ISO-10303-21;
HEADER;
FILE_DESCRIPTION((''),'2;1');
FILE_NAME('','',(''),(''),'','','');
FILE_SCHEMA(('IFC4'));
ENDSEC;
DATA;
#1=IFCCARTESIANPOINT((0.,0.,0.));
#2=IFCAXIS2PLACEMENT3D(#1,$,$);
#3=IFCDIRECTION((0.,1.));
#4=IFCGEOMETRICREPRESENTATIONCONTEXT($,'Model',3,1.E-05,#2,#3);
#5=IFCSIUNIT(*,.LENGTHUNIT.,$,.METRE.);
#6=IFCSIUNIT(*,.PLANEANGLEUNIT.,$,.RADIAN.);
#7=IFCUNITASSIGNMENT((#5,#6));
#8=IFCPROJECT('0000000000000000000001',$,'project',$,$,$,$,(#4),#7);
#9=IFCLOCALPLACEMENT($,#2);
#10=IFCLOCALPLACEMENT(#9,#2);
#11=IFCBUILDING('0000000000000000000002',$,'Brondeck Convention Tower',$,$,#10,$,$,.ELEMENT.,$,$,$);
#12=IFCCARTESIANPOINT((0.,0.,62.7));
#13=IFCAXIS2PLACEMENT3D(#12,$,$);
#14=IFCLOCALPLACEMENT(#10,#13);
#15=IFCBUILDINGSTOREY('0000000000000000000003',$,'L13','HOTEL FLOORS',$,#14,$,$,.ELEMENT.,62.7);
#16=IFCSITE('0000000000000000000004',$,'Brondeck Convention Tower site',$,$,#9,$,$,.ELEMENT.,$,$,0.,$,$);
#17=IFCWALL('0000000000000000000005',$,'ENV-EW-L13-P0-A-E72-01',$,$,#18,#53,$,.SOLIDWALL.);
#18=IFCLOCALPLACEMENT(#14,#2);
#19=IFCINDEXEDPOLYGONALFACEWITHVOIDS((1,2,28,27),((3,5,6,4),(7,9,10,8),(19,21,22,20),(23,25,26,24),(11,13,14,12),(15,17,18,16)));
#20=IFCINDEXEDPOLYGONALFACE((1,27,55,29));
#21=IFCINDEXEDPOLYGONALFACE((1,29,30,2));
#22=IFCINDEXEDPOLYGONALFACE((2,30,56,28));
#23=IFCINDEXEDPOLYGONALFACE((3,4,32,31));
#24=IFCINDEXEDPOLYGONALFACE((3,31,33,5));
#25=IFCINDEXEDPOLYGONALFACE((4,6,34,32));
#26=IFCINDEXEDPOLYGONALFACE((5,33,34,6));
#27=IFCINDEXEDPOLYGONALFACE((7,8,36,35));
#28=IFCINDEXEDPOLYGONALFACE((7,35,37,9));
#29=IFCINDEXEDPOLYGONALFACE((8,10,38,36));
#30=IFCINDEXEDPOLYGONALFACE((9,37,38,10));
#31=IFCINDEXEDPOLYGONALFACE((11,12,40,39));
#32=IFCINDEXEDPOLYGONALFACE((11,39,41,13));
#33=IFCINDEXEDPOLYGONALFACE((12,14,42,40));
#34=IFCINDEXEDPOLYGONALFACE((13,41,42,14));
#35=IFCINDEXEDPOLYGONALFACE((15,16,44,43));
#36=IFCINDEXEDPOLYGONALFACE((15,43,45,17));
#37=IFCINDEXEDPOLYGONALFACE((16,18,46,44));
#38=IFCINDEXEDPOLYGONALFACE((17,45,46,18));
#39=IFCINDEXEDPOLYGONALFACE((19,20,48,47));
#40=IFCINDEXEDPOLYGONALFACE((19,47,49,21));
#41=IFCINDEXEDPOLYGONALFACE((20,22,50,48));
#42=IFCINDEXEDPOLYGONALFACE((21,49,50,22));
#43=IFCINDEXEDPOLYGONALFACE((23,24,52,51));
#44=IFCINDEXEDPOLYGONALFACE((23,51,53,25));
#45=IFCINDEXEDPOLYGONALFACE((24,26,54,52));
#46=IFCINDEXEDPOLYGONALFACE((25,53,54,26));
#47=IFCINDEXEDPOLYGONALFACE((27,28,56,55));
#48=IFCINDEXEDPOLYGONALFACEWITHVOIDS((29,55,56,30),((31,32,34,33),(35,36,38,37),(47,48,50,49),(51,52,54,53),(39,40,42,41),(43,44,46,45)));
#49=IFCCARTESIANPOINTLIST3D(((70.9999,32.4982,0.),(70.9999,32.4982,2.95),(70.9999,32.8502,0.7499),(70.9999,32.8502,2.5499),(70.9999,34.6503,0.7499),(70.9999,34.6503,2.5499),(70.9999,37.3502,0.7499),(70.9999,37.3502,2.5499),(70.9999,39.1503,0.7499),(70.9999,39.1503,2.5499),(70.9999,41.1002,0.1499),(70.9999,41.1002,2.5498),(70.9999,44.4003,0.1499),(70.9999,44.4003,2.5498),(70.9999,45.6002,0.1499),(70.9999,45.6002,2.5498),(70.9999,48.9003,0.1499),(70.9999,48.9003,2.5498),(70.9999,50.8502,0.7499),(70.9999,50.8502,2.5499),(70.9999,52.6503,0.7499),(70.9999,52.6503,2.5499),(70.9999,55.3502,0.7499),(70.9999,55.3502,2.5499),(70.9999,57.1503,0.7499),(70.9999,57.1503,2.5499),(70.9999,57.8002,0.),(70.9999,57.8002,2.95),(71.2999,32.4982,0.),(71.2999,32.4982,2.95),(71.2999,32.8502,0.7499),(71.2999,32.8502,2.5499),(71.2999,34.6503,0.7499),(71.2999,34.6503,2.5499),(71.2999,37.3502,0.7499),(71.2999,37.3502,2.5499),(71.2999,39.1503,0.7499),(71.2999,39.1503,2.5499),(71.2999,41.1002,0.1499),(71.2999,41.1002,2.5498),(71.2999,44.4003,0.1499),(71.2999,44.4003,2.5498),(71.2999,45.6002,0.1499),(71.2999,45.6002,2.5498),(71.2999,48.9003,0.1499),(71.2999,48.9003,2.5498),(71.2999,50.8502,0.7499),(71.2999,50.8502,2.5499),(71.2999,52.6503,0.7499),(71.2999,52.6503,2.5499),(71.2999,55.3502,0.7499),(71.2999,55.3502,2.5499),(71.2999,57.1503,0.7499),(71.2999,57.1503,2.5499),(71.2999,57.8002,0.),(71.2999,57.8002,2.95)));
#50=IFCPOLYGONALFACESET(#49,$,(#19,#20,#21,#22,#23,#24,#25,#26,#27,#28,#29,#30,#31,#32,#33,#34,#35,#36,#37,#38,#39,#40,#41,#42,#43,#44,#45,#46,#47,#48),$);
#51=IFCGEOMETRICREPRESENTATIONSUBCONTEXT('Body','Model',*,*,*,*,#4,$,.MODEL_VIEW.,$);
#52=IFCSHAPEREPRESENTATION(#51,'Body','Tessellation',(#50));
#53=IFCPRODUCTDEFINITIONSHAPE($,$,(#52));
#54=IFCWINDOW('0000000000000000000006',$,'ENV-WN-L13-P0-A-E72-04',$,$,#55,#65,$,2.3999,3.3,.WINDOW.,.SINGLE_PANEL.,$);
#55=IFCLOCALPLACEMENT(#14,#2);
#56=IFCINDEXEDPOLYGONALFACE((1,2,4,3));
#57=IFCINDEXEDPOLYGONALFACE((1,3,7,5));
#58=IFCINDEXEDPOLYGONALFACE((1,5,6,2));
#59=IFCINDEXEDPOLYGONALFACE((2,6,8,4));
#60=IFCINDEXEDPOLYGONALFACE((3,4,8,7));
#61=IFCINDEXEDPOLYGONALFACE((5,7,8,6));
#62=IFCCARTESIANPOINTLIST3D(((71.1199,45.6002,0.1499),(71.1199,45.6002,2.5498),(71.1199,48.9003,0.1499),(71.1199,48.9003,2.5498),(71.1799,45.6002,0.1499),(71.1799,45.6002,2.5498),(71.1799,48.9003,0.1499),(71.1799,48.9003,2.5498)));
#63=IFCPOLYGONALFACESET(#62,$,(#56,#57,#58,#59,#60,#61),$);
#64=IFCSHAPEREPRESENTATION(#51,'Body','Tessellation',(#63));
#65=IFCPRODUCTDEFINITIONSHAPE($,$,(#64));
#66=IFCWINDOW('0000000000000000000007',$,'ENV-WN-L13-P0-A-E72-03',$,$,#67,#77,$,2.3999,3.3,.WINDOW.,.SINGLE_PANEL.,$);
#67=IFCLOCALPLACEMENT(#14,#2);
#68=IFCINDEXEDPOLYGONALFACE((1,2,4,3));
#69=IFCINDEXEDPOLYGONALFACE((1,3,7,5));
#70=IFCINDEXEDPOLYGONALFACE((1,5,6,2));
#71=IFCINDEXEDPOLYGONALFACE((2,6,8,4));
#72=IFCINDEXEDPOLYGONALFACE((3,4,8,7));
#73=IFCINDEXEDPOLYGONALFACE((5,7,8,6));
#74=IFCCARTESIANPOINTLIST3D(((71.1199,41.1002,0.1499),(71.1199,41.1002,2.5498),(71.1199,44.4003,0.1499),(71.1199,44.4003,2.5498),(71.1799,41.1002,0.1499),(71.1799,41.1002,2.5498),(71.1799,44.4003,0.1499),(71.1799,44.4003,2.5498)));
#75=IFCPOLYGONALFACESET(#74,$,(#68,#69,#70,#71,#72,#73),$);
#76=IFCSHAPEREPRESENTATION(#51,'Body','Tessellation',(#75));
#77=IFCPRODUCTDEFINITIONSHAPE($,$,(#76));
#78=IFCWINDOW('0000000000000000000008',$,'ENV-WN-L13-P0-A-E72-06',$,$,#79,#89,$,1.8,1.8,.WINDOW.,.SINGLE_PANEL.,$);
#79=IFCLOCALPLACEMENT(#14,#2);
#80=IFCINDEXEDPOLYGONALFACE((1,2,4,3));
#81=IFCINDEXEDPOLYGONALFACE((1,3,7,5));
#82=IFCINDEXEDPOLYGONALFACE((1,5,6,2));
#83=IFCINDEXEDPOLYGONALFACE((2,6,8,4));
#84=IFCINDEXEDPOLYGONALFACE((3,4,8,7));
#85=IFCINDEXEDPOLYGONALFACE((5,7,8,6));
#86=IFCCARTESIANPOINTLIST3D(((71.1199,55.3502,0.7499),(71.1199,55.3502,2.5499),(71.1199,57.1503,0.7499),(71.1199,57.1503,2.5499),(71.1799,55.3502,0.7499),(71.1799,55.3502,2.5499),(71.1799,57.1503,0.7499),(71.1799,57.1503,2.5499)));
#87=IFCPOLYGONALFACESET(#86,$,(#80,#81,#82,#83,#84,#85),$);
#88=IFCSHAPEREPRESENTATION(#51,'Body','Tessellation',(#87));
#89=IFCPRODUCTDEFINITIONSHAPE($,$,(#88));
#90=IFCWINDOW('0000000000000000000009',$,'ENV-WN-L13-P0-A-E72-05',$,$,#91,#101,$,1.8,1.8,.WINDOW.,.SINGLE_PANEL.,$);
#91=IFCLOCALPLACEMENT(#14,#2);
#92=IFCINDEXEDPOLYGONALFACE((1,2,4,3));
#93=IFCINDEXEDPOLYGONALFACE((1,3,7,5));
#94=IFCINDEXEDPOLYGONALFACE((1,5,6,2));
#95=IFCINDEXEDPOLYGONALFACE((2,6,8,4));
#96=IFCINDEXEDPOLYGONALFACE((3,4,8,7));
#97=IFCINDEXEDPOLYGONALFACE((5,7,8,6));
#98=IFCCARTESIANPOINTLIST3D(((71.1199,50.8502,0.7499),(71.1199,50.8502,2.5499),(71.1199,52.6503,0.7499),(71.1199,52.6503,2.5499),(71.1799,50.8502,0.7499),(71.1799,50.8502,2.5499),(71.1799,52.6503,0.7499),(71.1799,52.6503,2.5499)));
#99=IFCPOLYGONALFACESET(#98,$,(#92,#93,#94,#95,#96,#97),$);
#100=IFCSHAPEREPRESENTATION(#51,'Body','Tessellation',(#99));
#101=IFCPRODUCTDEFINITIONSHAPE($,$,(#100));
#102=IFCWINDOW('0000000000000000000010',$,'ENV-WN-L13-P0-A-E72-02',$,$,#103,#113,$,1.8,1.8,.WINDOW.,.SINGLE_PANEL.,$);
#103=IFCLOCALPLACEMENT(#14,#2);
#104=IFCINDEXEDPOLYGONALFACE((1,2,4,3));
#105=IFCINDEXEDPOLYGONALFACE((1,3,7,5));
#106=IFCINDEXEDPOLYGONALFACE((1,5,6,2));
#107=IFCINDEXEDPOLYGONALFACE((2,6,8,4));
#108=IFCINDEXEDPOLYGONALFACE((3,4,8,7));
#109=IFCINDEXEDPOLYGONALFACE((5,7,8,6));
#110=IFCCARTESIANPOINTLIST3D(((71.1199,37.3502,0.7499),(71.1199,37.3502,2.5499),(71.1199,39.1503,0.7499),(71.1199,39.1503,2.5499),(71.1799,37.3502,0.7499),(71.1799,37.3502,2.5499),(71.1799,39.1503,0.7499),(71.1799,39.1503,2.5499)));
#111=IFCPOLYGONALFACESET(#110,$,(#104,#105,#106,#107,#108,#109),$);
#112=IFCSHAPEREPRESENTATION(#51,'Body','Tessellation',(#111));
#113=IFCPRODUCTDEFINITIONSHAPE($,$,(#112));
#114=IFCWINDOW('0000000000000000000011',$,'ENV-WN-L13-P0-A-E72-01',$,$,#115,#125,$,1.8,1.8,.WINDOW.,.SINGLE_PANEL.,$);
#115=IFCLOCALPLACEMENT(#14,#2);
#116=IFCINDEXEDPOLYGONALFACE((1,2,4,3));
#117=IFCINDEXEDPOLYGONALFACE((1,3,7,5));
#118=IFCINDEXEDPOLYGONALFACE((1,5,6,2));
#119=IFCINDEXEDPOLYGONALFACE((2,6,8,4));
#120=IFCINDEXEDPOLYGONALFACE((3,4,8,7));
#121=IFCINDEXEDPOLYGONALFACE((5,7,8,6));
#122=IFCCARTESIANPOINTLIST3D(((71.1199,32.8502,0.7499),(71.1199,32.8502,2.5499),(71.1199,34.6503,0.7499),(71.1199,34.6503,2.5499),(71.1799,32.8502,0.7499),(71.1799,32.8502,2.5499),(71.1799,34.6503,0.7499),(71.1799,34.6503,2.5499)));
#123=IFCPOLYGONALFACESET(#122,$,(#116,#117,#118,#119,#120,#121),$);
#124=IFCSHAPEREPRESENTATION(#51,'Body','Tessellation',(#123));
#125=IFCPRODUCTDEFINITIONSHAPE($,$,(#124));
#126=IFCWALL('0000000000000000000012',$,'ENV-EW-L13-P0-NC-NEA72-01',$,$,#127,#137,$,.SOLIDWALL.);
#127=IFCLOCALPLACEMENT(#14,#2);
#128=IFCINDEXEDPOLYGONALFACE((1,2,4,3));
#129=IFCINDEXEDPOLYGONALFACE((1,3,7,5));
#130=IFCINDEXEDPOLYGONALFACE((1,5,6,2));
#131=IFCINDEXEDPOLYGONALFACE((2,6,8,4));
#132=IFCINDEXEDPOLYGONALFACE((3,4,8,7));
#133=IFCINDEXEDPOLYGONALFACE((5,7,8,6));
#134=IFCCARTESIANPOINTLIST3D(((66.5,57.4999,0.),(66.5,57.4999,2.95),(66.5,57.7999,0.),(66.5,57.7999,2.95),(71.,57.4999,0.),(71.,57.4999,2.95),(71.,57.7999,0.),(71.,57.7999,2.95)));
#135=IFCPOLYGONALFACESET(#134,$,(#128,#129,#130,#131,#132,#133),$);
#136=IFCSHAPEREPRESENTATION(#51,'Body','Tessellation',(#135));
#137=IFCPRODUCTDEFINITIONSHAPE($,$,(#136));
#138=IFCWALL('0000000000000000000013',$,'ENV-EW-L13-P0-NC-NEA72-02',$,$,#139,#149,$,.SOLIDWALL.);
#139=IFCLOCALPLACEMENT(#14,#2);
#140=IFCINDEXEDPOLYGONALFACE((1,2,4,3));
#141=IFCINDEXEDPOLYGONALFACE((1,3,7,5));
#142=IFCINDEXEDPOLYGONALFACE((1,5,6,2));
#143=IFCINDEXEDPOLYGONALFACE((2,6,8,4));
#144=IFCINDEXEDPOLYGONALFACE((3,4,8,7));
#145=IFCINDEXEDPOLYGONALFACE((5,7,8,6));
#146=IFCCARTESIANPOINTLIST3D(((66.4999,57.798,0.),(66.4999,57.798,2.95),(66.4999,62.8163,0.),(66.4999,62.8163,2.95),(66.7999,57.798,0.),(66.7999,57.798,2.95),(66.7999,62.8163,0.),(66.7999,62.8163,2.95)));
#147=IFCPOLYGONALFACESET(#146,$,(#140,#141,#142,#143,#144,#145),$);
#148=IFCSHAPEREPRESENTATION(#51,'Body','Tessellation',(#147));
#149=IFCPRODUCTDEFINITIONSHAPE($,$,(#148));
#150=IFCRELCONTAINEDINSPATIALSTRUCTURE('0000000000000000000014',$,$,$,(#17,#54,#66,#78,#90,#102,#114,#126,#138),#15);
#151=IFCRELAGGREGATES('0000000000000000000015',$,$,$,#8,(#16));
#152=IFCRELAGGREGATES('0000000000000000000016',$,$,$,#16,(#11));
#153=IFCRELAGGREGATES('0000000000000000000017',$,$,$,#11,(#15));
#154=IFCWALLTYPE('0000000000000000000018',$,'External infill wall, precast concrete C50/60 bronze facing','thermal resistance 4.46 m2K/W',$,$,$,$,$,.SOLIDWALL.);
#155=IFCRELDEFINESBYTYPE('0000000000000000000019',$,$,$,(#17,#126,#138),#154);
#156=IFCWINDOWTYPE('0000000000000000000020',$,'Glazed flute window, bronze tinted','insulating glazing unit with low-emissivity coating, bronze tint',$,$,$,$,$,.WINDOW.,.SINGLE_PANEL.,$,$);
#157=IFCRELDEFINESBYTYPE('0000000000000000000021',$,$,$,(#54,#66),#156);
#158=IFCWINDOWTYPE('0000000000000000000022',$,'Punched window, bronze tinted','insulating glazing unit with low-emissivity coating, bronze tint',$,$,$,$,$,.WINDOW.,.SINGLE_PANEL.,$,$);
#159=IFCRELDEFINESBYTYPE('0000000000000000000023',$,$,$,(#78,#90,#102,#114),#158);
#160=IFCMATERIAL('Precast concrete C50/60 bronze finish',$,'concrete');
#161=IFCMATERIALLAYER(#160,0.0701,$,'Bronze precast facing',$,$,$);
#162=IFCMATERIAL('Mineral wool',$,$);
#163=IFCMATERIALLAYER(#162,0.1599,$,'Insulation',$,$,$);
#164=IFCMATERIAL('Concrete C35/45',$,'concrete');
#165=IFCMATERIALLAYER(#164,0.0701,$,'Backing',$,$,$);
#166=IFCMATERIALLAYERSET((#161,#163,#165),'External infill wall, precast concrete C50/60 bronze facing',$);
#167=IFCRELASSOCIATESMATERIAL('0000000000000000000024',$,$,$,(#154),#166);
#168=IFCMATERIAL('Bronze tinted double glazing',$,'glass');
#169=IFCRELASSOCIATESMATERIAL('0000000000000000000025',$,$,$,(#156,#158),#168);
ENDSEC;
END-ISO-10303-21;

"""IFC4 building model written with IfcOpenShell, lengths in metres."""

from ifc_helpers import new_model, si_unit, direction, frame, frame_2d, origin, place, context, subcontext, project, spatial, rectangle, extrude, material, layer, layer_set, type_object, element, fill, save


model = new_model("IFC4")

# Units and contexts
model_context = context("Model", 3, precision=1e-05, world=origin(), true_north=direction((0.0, 1.0)))
body_context = subcontext(model_context, "Body", "Model", "MODEL_VIEW")
ifc_project = project(units=[si_unit("LENGTHUNIT", "METRE"), si_unit("PLANEANGLEUNIT", "RADIAN")], contexts=[model_context])

# Site, building, storey
site_placement = place(None, origin())
site = spatial("IfcSite", under=ifc_project, at=site_placement, Name="Brondeck Convention Tower site", CompositionType="ELEMENT", RefElevation=0.0)
building_placement = place(site_placement, origin())
building = spatial("IfcBuilding", under=site, at=building_placement, Name="Brondeck Convention Tower", CompositionType="ELEMENT")
storey_placement = place(building_placement, frame((0.0, 0.0, 62.7)))
storey = spatial("IfcBuildingStorey", under=building, at=storey_placement, Name="L13", Description="HOTEL FLOORS", CompositionType="ELEMENT", Elevation=62.7)

# Wall, openings, windows
ifc_material_1 = material(Name="Precast concrete C50/60 bronze finish", Category="concrete")
ifc_layer_1 = layer(ifc_material_1, 0.0701, Name="Bronze precast facing")
ifc_material_2 = material(Name="Mineral wool")
ifc_layer_2 = layer(ifc_material_2, 0.1599, Name="Insulation")
ifc_material_3 = material(Name="Concrete C35/45", Category="concrete")
ifc_layer_3 = layer(ifc_material_3, 0.0701, Name="Backing")
ifc_layer_set_1 = layer_set([ifc_layer_1, ifc_layer_2, ifc_layer_3], Name="External infill wall, precast concrete C50/60 bronze facing")
wall_type_1 = type_object("IfcWallType", Name="External infill wall, precast concrete C50/60 bronze facing", Description="thermal resistance 4.46 m2K/W", PredefinedType="SOLIDWALL", material=ifc_layer_set_1)
wall_1_placement = place(storey_placement, frame((71.1499, 57.8, 0.0), z_axis=(0.0, 0.0, 1.0), x_axis=(0.0, -1.0, 0.0)))
wall_1 = element("IfcWall", 1, at=wall_1_placement, inside=storey, type_object=wall_type_1, Name="ENV-EW-L13-P0-A-E72-01", PredefinedType="SOLIDWALL", context=body_context, shape_type="SweptSolid", body=[
    extrude(rectangle(XDim=25.302, YDim=0.3, at=frame_2d((12.6509, 0.0))), origin(), (0.0, 0.0, 1.0), 2.95),
])
opening_1_placement = place(wall_1_placement, frame((0.6499, 0.0, 0.75)))
opening_1 = element("IfcOpeningElement", 2, at=opening_1_placement, cuts=wall_1, PredefinedType="OPENING", context=body_context, shape_type="SweptSolid", body=[
    extrude(rectangle(XDim=1.8, YDim=1.8, at=frame_2d((0.8999, 0.8999))), frame((0.0, 0.1599, 0.0), z_axis=(0.0, -1.0, 0.0), x_axis=(1.0, 0.0, 0.0)), (0.0, 0.0, 1.0), 0.3201),
])
opening_2_placement = place(wall_1_placement, frame((5.1499, 0.0, 0.75)))
opening_2 = element("IfcOpeningElement", 3, at=opening_2_placement, cuts=wall_1, PredefinedType="OPENING", context=body_context, shape_type="SweptSolid", body=[
    extrude(rectangle(XDim=1.8, YDim=1.8, at=frame_2d((0.8999, 0.8999))), frame((0.0, 0.1599, 0.0), z_axis=(0.0, -1.0, 0.0), x_axis=(1.0, 0.0, 0.0)), (0.0, 0.0, 1.0), 0.3201),
])
opening_3_placement = place(wall_1_placement, frame((8.8999, 0.0, 0.1499)))
opening_3 = element("IfcOpeningElement", 4, at=opening_3_placement, cuts=wall_1, PredefinedType="OPENING", context=body_context, shape_type="SweptSolid", body=[
    extrude(rectangle(XDim=3.3, YDim=2.3999, at=frame_2d((1.6499, 1.2))), frame((0.0, 0.1599, 0.0), z_axis=(0.0, -1.0, 0.0), x_axis=(1.0, 0.0, 0.0)), (0.0, 0.0, 1.0), 0.3201),
])
opening_4_placement = place(wall_1_placement, frame((13.3999, 0.0, 0.1499)))
opening_4 = element("IfcOpeningElement", 5, at=opening_4_placement, cuts=wall_1, PredefinedType="OPENING", context=body_context, shape_type="SweptSolid", body=[
    extrude(rectangle(XDim=3.3, YDim=2.3999, at=frame_2d((1.6499, 1.2))), frame((0.0, 0.1599, 0.0), z_axis=(0.0, -1.0, 0.0), x_axis=(1.0, 0.0, 0.0)), (0.0, 0.0, 1.0), 0.3201),
])
opening_5_placement = place(wall_1_placement, frame((18.6499, 0.0, 0.75)))
opening_5 = element("IfcOpeningElement", 6, at=opening_5_placement, cuts=wall_1, PredefinedType="OPENING", context=body_context, shape_type="SweptSolid", body=[
    extrude(rectangle(XDim=1.8, YDim=1.8, at=frame_2d((0.8999, 0.8999))), frame((0.0, 0.1599, 0.0), z_axis=(0.0, -1.0, 0.0), x_axis=(1.0, 0.0, 0.0)), (0.0, 0.0, 1.0), 0.3201),
])
opening_6_placement = place(wall_1_placement, frame((23.1499, 0.0, 0.75)))
opening_6 = element("IfcOpeningElement", 7, at=opening_6_placement, cuts=wall_1, PredefinedType="OPENING", context=body_context, shape_type="SweptSolid", body=[
    extrude(rectangle(XDim=1.8, YDim=1.8, at=frame_2d((0.8999, 0.8999))), frame((0.0, 0.1599, 0.0), z_axis=(0.0, -1.0, 0.0), x_axis=(1.0, 0.0, 0.0)), (0.0, 0.0, 1.0), 0.3201),
])
ifc_material_4 = material(Name="Bronze tinted double glazing", Category="glass")
window_type_1 = type_object("IfcWindowType", Name="Glazed flute window, bronze tinted", Description="insulating glazing unit with low-emissivity coating, bronze tint", PartitioningType="SINGLE_PANEL", PredefinedType="WINDOW", material=ifc_material_4)
window_1_placement = place(opening_3_placement, origin())
window_1 = element("IfcWindow", 8, at=window_1_placement, inside=storey, type_object=window_type_1, Name="ENV-WN-L13-P0-A-E72-04", OverallHeight=2.3999, OverallWidth=3.3, PartitioningType="SINGLE_PANEL", PredefinedType="WINDOW", context=body_context, shape_type="SweptSolid", body=[
    extrude(rectangle(XDim=3.3, YDim=2.3999, at=frame_2d((1.6499, 1.2))), frame((0.0, 0.03, 0.0), z_axis=(0.0, -1.0, 0.0), x_axis=(1.0, 0.0, 0.0)), (0.0, 0.0, 1.0), 0.0601),
])
fill(opening_3, window_1)
window_2_placement = place(opening_4_placement, origin())
window_2 = element("IfcWindow", 9, at=window_2_placement, inside=storey, type_object=window_type_1, Name="ENV-WN-L13-P0-A-E72-03", OverallHeight=2.3999, OverallWidth=3.3, PartitioningType="SINGLE_PANEL", PredefinedType="WINDOW", context=body_context, shape_type="SweptSolid", body=[
    extrude(rectangle(XDim=3.3, YDim=2.3999, at=frame_2d((1.6499, 1.2))), frame((0.0, 0.03, 0.0), z_axis=(0.0, -1.0, 0.0), x_axis=(1.0, 0.0, 0.0)), (0.0, 0.0, 1.0), 0.0601),
])
fill(opening_4, window_2)
window_type_2 = type_object("IfcWindowType", Name="Punched window, bronze tinted", Description="insulating glazing unit with low-emissivity coating, bronze tint", PartitioningType="SINGLE_PANEL", PredefinedType="WINDOW", material=ifc_material_4)
window_3_placement = place(opening_1_placement, origin())
window_3 = element("IfcWindow", 10, at=window_3_placement, inside=storey, type_object=window_type_2, Name="ENV-WN-L13-P0-A-E72-06", OverallHeight=1.8, OverallWidth=1.8, PartitioningType="SINGLE_PANEL", PredefinedType="WINDOW", context=body_context, shape_type="SweptSolid", body=[
    extrude(rectangle(XDim=1.8, YDim=1.8, at=frame_2d((0.8999, 0.8999))), frame((0.0, 0.03, 0.0), z_axis=(0.0, -1.0, 0.0), x_axis=(1.0, 0.0, 0.0)), (0.0, 0.0, 1.0), 0.0601),
])
fill(opening_1, window_3)
window_4_placement = place(opening_2_placement, origin())
window_4 = element("IfcWindow", 11, at=window_4_placement, inside=storey, type_object=window_type_2, Name="ENV-WN-L13-P0-A-E72-05", OverallHeight=1.8, OverallWidth=1.8, PartitioningType="SINGLE_PANEL", PredefinedType="WINDOW", context=body_context, shape_type="SweptSolid", body=[
    extrude(rectangle(XDim=1.8, YDim=1.8, at=frame_2d((0.8999, 0.8999))), frame((0.0, 0.03, 0.0), z_axis=(0.0, -1.0, 0.0), x_axis=(1.0, 0.0, 0.0)), (0.0, 0.0, 1.0), 0.0601),
])
fill(opening_2, window_4)
window_5_placement = place(opening_5_placement, origin())
window_5 = element("IfcWindow", 12, at=window_5_placement, inside=storey, type_object=window_type_2, Name="ENV-WN-L13-P0-A-E72-02", OverallHeight=1.8, OverallWidth=1.8, PartitioningType="SINGLE_PANEL", PredefinedType="WINDOW", context=body_context, shape_type="SweptSolid", body=[
    extrude(rectangle(XDim=1.8, YDim=1.8, at=frame_2d((0.8999, 0.8999))), frame((0.0, 0.03, 0.0), z_axis=(0.0, -1.0, 0.0), x_axis=(1.0, 0.0, 0.0)), (0.0, 0.0, 1.0), 0.0601),
])
fill(opening_5, window_5)
window_6_placement = place(opening_6_placement, origin())
window_6 = element("IfcWindow", 13, at=window_6_placement, inside=storey, type_object=window_type_2, Name="ENV-WN-L13-P0-A-E72-01", OverallHeight=1.8, OverallWidth=1.8, PartitioningType="SINGLE_PANEL", PredefinedType="WINDOW", context=body_context, shape_type="SweptSolid", body=[
    extrude(rectangle(XDim=1.8, YDim=1.8, at=frame_2d((0.8999, 0.8999))), frame((0.0, 0.03, 0.0), z_axis=(0.0, -1.0, 0.0), x_axis=(1.0, 0.0, 0.0)), (0.0, 0.0, 1.0), 0.0601),
])
fill(opening_6, window_6)

# Walls
wall_2_placement = place(storey_placement, frame((66.5, 57.6499, 0.0), z_axis=(0.0, 0.0, 1.0), x_axis=(1.0, 0.0, 0.0)))
element("IfcWall", 14, at=wall_2_placement, inside=storey, type_object=wall_type_1, Name="ENV-EW-L13-P0-NC-NEA72-01", PredefinedType="SOLIDWALL", context=body_context, shape_type="SweptSolid", body=[
    extrude(rectangle(XDim=4.5, YDim=0.3, at=frame_2d((2.25, 0.0))), origin(), (0.0, 0.0, 1.0), 2.95),
])
wall_3_placement = place(storey_placement, frame((66.6499, 62.8164, 0.0), z_axis=(0.0, 0.0, 1.0), x_axis=(0.0, -1.0, 0.0)))
element("IfcWall", 15, at=wall_3_placement, inside=storey, type_object=wall_type_1, Name="ENV-EW-L13-P0-NC-NEA72-02", PredefinedType="SOLIDWALL", context=body_context, shape_type="SweptSolid", body=[
    extrude(rectangle(XDim=5.0183, YDim=0.3, at=frame_2d((2.5093, 0.0))), origin(), (0.0, 0.0, 1.0), 2.95),
])

save(model, "model.ifc")
